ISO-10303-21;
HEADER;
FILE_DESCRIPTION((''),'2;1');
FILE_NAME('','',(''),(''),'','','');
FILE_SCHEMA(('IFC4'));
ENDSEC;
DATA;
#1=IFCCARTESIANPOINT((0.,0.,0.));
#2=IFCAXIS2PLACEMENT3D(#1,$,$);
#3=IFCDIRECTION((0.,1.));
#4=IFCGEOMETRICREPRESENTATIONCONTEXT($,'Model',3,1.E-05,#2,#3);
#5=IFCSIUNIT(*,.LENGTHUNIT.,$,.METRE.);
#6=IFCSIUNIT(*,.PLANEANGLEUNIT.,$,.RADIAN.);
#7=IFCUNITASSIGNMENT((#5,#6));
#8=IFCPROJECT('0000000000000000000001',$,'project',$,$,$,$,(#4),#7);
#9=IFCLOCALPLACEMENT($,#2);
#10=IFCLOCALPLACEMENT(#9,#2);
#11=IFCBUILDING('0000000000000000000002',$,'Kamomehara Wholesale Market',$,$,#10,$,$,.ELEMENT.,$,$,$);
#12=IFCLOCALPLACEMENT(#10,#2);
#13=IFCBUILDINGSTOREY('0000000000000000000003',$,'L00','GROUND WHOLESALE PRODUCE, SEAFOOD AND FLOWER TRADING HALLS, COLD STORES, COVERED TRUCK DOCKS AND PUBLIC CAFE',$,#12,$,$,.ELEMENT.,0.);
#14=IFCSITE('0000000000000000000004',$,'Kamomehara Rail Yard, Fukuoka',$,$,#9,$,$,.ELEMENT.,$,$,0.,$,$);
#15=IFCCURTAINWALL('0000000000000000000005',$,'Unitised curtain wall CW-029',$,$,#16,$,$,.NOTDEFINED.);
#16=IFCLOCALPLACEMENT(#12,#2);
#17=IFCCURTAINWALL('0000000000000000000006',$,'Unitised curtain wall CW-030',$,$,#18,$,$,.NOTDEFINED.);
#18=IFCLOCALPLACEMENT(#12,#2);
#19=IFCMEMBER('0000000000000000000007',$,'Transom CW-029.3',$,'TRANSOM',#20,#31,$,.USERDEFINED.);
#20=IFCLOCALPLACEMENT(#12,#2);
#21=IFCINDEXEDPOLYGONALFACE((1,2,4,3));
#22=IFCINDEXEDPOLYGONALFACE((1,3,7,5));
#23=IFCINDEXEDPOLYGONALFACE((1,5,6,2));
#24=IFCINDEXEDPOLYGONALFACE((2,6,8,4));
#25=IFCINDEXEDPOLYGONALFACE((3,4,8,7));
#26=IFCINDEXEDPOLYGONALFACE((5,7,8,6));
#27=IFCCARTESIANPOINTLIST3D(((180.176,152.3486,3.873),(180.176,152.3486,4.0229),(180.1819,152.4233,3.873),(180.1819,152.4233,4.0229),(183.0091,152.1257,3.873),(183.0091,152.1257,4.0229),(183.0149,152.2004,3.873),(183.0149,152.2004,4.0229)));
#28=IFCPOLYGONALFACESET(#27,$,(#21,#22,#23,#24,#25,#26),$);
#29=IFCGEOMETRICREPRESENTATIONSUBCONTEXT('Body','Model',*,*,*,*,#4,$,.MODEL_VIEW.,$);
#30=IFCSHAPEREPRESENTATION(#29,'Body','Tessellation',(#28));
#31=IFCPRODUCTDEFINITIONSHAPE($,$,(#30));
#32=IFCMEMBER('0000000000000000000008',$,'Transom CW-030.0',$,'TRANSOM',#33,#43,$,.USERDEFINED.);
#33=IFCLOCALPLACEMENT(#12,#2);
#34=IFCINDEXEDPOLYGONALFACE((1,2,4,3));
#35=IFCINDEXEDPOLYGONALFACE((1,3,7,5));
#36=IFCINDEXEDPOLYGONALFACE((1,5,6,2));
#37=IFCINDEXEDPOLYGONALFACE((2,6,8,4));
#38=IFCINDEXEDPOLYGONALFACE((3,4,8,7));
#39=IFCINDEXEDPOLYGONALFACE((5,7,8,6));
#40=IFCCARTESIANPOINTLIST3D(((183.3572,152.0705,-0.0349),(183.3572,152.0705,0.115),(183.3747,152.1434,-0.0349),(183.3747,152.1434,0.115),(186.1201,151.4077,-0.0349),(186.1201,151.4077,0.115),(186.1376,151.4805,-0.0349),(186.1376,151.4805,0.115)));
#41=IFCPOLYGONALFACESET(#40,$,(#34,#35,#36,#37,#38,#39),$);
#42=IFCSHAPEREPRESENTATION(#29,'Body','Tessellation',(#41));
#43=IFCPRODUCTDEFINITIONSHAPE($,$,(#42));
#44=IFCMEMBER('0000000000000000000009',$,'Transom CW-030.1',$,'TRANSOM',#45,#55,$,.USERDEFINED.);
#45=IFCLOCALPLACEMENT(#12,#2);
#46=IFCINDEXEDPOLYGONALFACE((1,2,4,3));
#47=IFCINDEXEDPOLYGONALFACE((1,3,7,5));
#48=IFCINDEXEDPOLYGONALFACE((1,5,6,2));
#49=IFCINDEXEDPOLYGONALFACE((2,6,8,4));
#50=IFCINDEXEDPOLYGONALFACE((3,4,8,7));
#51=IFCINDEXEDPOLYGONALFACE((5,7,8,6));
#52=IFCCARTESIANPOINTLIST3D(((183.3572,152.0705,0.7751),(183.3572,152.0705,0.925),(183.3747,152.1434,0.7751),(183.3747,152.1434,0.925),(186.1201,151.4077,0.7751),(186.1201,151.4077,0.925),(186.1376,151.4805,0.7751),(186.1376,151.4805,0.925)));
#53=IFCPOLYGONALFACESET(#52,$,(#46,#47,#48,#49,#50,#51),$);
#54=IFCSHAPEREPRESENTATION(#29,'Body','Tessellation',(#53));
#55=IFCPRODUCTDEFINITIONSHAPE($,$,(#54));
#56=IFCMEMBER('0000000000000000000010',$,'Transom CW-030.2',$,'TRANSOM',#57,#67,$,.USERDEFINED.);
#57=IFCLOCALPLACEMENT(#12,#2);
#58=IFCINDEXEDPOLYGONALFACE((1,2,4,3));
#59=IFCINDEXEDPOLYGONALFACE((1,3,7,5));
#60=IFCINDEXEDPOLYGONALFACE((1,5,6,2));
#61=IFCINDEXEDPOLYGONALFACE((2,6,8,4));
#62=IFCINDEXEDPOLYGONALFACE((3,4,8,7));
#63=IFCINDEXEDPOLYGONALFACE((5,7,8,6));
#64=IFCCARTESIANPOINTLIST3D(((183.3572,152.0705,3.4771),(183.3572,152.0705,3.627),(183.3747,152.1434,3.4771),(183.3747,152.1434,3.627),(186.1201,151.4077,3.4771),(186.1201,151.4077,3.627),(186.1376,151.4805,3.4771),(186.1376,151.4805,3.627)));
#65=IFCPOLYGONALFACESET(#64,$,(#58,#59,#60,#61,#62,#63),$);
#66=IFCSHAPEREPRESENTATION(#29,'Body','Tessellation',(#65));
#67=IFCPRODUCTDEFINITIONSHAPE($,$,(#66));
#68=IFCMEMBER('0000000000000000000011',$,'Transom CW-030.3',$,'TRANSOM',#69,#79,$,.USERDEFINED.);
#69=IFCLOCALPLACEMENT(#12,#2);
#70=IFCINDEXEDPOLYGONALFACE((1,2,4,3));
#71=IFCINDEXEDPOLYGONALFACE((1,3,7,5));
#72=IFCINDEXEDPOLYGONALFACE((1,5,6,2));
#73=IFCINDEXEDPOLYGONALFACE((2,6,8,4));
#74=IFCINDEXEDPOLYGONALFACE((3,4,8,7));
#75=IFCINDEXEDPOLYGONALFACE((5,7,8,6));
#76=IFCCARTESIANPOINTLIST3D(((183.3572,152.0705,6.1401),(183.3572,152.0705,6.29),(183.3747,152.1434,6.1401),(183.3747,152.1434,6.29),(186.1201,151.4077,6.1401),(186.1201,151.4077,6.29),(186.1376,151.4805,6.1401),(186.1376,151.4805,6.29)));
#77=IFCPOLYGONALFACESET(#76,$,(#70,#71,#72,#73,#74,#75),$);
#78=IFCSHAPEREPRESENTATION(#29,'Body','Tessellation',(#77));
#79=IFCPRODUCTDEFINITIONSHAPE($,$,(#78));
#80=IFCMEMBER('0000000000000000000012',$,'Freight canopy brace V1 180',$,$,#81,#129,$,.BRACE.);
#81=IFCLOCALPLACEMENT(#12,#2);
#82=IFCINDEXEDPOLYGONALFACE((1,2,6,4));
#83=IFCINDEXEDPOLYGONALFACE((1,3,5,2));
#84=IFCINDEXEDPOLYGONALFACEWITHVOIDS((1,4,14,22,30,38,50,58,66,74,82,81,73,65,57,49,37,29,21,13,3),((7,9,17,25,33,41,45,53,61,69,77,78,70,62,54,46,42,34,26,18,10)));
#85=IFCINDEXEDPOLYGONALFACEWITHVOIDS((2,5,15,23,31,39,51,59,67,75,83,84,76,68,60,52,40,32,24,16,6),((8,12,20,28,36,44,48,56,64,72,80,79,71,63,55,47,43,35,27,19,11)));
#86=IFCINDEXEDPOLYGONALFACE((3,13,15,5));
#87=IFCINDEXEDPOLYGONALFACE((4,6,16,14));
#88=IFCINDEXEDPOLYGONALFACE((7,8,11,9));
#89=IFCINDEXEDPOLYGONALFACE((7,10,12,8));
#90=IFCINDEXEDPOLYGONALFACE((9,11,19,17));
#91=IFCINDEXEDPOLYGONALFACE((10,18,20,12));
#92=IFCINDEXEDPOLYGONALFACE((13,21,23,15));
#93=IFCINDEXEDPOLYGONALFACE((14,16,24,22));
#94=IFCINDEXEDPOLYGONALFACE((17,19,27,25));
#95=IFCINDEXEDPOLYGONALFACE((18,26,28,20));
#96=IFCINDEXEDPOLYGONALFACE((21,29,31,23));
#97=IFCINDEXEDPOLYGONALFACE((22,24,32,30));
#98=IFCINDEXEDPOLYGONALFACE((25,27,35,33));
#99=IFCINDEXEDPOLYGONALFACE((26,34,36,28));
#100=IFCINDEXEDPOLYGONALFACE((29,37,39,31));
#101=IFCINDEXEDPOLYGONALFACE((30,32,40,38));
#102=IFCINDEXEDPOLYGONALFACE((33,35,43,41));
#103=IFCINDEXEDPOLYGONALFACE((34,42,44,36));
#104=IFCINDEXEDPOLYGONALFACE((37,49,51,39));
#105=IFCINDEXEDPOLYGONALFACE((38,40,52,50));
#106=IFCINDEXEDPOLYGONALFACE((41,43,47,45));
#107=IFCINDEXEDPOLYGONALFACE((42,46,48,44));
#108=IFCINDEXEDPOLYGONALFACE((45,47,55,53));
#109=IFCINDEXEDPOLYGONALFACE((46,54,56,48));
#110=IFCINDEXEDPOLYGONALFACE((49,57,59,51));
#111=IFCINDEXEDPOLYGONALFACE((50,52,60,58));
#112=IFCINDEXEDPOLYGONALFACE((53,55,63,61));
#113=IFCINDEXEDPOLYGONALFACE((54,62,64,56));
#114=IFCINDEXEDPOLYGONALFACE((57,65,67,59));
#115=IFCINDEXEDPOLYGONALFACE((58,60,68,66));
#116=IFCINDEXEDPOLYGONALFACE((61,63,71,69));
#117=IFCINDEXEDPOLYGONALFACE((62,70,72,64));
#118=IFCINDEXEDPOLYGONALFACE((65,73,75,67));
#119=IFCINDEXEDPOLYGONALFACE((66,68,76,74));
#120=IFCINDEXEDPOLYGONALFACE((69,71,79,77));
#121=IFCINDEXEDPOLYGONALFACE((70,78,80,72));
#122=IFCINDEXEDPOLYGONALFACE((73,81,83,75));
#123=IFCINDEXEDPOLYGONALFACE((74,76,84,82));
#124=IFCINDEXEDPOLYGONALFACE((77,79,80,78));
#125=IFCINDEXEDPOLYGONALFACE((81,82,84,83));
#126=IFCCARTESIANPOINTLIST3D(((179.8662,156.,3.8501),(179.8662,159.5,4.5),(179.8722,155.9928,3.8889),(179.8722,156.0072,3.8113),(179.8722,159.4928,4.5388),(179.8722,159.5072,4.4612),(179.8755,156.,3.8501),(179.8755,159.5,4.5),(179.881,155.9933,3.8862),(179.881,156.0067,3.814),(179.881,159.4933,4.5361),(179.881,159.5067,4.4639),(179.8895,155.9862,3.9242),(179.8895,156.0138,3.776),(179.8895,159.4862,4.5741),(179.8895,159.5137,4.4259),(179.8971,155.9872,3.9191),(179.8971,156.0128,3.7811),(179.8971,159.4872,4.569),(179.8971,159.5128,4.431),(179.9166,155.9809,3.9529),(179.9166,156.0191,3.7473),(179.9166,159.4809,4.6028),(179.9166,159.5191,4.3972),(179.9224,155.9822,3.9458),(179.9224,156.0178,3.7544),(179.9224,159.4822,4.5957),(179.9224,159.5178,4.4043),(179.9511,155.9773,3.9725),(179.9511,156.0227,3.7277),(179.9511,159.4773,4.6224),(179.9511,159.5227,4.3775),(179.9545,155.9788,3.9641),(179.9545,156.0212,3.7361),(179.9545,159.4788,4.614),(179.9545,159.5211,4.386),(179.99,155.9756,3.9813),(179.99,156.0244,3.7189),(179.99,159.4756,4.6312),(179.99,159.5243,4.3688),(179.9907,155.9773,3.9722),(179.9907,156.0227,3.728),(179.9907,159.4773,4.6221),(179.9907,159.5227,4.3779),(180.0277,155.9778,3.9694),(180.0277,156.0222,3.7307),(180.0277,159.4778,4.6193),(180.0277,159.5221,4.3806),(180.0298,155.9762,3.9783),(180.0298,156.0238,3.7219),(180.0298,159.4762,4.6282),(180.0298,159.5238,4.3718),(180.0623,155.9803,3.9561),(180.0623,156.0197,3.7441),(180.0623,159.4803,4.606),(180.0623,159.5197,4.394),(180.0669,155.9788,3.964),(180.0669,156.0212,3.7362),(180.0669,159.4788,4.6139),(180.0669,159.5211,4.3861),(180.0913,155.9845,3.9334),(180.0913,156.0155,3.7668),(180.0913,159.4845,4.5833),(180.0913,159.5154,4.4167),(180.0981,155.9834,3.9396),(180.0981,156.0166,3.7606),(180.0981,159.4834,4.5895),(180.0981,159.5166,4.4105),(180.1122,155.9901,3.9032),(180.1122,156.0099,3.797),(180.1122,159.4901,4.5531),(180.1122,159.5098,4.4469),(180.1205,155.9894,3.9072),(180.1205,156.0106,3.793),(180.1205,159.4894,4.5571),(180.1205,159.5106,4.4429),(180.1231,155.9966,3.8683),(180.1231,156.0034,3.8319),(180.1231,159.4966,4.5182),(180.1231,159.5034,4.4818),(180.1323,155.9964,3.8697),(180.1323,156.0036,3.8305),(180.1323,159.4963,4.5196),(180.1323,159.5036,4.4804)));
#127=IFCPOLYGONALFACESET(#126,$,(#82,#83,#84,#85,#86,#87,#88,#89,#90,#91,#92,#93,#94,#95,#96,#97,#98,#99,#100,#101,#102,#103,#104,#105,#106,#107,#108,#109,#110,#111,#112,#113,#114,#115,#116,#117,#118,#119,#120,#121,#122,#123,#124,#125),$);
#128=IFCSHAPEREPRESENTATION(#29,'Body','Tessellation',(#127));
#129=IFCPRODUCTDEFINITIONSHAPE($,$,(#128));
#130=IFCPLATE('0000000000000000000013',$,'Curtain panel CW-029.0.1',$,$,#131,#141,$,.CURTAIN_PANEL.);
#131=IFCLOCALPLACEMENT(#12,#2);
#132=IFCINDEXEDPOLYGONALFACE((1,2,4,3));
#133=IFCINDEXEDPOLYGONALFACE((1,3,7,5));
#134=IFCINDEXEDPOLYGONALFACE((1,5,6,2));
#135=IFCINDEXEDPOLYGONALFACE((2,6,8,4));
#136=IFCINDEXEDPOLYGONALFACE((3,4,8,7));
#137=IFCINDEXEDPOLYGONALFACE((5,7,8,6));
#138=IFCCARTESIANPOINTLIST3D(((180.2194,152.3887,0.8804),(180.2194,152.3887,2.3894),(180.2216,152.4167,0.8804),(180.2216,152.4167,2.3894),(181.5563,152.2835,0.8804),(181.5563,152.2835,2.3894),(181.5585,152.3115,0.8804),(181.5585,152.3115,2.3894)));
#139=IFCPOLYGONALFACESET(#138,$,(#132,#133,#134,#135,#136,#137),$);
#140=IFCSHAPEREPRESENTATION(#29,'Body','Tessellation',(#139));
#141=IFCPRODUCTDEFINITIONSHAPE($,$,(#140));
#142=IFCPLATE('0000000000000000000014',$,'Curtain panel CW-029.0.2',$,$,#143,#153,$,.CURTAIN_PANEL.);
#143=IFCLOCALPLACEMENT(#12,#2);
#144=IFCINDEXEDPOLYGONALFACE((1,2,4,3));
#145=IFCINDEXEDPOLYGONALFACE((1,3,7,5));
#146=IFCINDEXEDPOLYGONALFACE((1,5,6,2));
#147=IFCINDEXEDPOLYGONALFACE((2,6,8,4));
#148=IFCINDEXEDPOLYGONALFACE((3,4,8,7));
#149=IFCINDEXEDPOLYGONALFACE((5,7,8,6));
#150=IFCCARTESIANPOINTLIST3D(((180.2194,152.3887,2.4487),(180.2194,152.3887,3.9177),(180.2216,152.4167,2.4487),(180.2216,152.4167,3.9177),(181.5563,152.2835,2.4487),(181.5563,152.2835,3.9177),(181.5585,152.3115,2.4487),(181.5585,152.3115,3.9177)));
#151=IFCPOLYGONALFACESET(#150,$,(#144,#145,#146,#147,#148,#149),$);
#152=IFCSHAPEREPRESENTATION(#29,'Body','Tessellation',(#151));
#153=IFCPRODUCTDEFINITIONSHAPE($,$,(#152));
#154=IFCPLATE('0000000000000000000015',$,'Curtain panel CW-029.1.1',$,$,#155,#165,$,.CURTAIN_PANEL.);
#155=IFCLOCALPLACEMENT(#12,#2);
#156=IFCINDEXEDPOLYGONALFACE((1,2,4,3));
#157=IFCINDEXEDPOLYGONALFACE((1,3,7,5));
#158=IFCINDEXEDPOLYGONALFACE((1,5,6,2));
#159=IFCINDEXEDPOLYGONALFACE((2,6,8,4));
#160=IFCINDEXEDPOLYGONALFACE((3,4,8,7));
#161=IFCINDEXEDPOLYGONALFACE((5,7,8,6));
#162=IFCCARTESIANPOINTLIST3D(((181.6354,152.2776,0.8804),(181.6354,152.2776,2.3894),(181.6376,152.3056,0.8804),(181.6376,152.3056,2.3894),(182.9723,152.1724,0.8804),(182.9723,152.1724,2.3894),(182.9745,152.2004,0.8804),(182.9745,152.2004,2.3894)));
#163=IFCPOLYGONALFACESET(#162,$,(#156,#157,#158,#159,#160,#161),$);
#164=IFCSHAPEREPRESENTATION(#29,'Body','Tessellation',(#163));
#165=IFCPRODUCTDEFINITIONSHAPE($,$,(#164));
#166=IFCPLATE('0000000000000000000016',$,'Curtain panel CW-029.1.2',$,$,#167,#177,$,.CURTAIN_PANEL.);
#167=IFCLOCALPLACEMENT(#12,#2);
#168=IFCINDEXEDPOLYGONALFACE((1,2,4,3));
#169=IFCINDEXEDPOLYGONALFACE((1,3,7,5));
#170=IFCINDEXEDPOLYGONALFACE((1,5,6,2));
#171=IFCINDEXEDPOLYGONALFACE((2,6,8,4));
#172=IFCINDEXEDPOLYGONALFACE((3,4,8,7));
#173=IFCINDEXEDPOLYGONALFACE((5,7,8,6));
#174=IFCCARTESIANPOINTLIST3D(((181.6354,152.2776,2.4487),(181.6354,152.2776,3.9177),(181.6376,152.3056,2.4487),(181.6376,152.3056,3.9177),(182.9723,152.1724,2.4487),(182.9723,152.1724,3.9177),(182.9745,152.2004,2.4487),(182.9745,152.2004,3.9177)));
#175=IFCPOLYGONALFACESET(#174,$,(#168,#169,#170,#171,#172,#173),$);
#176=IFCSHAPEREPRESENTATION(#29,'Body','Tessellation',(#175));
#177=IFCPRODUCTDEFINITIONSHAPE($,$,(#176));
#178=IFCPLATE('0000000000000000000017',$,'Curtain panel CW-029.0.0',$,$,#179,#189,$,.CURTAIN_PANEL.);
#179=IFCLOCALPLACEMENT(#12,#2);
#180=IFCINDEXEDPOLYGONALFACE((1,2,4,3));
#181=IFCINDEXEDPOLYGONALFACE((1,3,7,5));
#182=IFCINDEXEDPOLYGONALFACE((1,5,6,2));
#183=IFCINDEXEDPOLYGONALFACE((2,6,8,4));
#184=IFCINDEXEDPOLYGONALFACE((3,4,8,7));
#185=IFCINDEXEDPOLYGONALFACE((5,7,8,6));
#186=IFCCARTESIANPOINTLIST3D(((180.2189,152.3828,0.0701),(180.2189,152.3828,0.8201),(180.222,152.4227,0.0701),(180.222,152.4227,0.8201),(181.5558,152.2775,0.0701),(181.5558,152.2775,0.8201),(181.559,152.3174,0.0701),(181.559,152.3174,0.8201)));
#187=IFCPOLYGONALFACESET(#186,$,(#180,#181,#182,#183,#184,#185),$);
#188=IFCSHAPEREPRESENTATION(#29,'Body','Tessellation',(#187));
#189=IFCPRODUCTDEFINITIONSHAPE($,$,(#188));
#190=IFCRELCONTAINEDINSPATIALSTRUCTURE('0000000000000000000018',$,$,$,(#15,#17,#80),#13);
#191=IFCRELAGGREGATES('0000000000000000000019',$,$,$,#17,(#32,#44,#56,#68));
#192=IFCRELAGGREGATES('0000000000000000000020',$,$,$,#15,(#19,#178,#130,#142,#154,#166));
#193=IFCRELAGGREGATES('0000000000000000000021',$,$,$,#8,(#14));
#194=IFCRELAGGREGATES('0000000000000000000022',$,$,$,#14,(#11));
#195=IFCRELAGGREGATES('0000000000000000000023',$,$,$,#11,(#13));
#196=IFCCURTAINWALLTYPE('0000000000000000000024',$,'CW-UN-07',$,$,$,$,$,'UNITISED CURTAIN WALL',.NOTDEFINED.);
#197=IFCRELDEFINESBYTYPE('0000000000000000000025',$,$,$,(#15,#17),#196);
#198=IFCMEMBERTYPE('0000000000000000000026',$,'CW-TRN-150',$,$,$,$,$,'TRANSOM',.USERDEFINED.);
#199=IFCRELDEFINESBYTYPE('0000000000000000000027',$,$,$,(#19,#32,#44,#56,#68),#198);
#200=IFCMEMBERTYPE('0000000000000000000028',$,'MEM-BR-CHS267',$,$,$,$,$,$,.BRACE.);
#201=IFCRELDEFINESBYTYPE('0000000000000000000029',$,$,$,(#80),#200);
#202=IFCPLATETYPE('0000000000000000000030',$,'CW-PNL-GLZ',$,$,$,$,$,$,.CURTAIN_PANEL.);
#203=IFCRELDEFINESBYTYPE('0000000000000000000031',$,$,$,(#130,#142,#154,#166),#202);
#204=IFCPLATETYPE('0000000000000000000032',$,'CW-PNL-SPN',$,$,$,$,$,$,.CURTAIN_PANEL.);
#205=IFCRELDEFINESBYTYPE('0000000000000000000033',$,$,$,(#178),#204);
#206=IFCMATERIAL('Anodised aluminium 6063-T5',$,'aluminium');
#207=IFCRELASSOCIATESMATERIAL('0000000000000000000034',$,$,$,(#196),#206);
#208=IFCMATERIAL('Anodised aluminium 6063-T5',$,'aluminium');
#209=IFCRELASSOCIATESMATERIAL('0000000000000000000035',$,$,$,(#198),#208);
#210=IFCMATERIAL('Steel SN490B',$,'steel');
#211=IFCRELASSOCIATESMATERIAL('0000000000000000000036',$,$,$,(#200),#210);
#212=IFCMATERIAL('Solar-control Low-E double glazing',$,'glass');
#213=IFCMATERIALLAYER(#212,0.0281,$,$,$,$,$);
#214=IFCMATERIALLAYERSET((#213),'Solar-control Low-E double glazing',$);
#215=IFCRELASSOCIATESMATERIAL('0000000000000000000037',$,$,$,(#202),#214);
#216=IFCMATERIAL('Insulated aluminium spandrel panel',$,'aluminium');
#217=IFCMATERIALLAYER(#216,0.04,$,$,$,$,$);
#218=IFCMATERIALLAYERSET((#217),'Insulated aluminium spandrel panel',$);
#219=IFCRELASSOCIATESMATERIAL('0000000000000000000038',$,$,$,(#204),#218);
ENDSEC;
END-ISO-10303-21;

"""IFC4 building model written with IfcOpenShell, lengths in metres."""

from ifc_helpers import new_model, si_unit, direction, frame, origin, origin_2d, place, context, subcontext, project, spatial, rectangle, hollow_circle, extrude, material, layer, layer_set, material_profile, profile_set, type_object, element, aggregate, save


model = new_model("IFC4")

# Units and contexts
model_context = context("Model", 3, precision=1e-05, world=origin(), true_north=direction((0.0, 1.0)))
body_context = subcontext(model_context, "Body", "Model", "MODEL_VIEW")
ifc_project = project(units=[si_unit("LENGTHUNIT", "METRE"), si_unit("PLANEANGLEUNIT", "RADIAN")], contexts=[model_context])

# Site, building, storey
site_placement = place(None, origin())
site = spatial("IfcSite", under=ifc_project, at=site_placement, Name="Kamomehara Rail Yard, Fukuoka", CompositionType="ELEMENT", RefElevation=0.0)
building_placement = place(site_placement, origin())
building = spatial("IfcBuilding", under=site, at=building_placement, Name="Kamomehara Wholesale Market", CompositionType="ELEMENT")
storey_placement = place(building_placement, origin())
storey = spatial("IfcBuildingStorey", under=building, at=storey_placement, Name="L00", Description="GROUND WHOLESALE PRODUCE, SEAFOOD AND FLOWER TRADING HALLS, COLD STORES, COVERED TRUCK DOCKS AND PUBLIC CAFE", CompositionType="ELEMENT", Elevation=0.0)

# Curtain wall
ifc_material_1 = material(Name="Anodised aluminium 6063-T5", Category="aluminium")
curtain_wall_type = type_object("IfcCurtainWallType", Name="CW-UN-07", ElementType="UNITISED CURTAIN WALL", PredefinedType="NOTDEFINED", material=ifc_material_1)
curtain_wall_1_placement = place(storey_placement, origin())
curtain_wall_1 = element("IfcCurtainWall", 1, at=curtain_wall_1_placement, inside=storey, type_object=curtain_wall_type, Name="Unitised curtain wall CW-029", PredefinedType="NOTDEFINED")

# Curtain wall
curtain_wall_2_placement = place(storey_placement, origin())
curtain_wall_2 = element("IfcCurtainWall", 2, at=curtain_wall_2_placement, inside=storey, type_object=curtain_wall_type, Name="Unitised curtain wall CW-030", PredefinedType="NOTDEFINED")

# Members
ifc_material_2 = material(Name="Anodised aluminium 6063-T5", Category="aluminium")
ifc_material_profile_1 = material_profile(ifc_material_2, rectangle(XDim=0.075, YDim=0.1499, at=origin_2d()), Name="ALU-TRN-75x150")
ifc_profile_set_1 = profile_set([ifc_material_profile_1], Name="Anodised aluminium 6063-T5")
member_type_1 = type_object("IfcMemberType", Name="CW-TRN-150", ElementType="TRANSOM", PredefinedType="USERDEFINED", material=ifc_profile_set_1)
member_1_placement = place(storey_placement, frame((180.179, 152.386, 3.948), z_axis=(0.996919, -0.078437, 0.0), x_axis=(0.078437, 0.996919, 0.0)))
member_1 = element("IfcMember", 3, at=member_1_placement, type_object=member_type_1, Name="Transom CW-029.3", ObjectType="TRANSOM", PredefinedType="USERDEFINED", context=body_context, shape_type="SweptSolid", body=[
    extrude(rectangle(XDim=0.075, YDim=0.1499, at=origin_2d()), origin(), (0.0, 0.0, 1.0), 2.8418),
])
member_2_placement = place(storey_placement, frame((183.366, 152.1069, 0.04), z_axis=(0.972408, -0.233285, 0.0), x_axis=(0.233285, 0.972408, 0.0)))
member_2 = element("IfcMember", 4, at=member_2_placement, type_object=member_type_1, Name="Transom CW-030.0", ObjectType="TRANSOM", PredefinedType="USERDEFINED", context=body_context, shape_type="SweptSolid", body=[
    extrude(rectangle(XDim=0.075, YDim=0.1499, at=origin_2d()), origin(), (0.0, 0.0, 1.0), 2.8413),
])
member_3_placement = place(storey_placement, frame((183.366, 152.1069, 0.8501), z_axis=(0.972408, -0.233285, 0.0), x_axis=(0.233285, 0.972408, 0.0)))
member_3 = element("IfcMember", 5, at=member_3_placement, type_object=member_type_1, Name="Transom CW-030.1", ObjectType="TRANSOM", PredefinedType="USERDEFINED", context=body_context, shape_type="SweptSolid", body=[
    extrude(rectangle(XDim=0.075, YDim=0.1499, at=origin_2d()), origin(), (0.0, 0.0, 1.0), 2.8413),
])
member_4_placement = place(storey_placement, frame((183.366, 152.1069, 3.552), z_axis=(0.972408, -0.233285, 0.0), x_axis=(0.233285, 0.972408, 0.0)))
member_4 = element("IfcMember", 6, at=member_4_placement, type_object=member_type_1, Name="Transom CW-030.2", ObjectType="TRANSOM", PredefinedType="USERDEFINED", context=body_context, shape_type="SweptSolid", body=[
    extrude(rectangle(XDim=0.075, YDim=0.1499, at=origin_2d()), origin(), (0.0, 0.0, 1.0), 2.8413),
])
member_5_placement = place(storey_placement, frame((183.366, 152.1069, 6.2151), z_axis=(0.972408, -0.233285, 0.0), x_axis=(0.233285, 0.972408, 0.0)))
member_5 = element("IfcMember", 7, at=member_5_placement, type_object=member_type_1, Name="Transom CW-030.3", ObjectType="TRANSOM", PredefinedType="USERDEFINED", context=body_context, shape_type="SweptSolid", body=[
    extrude(rectangle(XDim=0.075, YDim=0.1499, at=origin_2d()), origin(), (0.0, 0.0, 1.0), 2.8413),
])
aggregate(curtain_wall_2, [member_2, member_3, member_4, member_5])
ifc_material_3 = material(Name="Steel SN490B", Category="steel")
ifc_material_profile_2 = material_profile(ifc_material_3, hollow_circle(Radius=0.1338, WallThickness=0.0093, at=origin_2d()), Name="CHS-267.4x9.3")
ifc_profile_set_2 = profile_set([ifc_material_profile_2], Name="Steel SN490B")
member_type_2 = type_object("IfcMemberType", Name="MEM-BR-CHS267", PredefinedType="BRACE", material=ifc_profile_set_2)
member_6_placement = place(storey_placement, frame((180.0, 156.0, 3.8501), z_axis=(0.0, 0.983194, 0.182566), x_axis=(-1.0, 0.0, 0.0)))
element("IfcMember", 8, at=member_6_placement, inside=storey, type_object=member_type_2, Name="Freight canopy brace V1 180", PredefinedType="BRACE", context=body_context, shape_type="SweptSolid", body=[
    extrude(hollow_circle(Radius=0.1338, WallThickness=0.0093, at=origin_2d()), origin(), (0.0, 0.0, 1.0), 3.5598),
])

# Plates
ifc_material_4 = material(Name="Solar-control Low-E double glazing", Category="glass")
ifc_layer_1 = layer(ifc_material_4, 0.0281)
ifc_layer_set_1 = layer_set([ifc_layer_1], Name="Solar-control Low-E double glazing")
plate_type_1 = type_object("IfcPlateType", Name="CW-PNL-GLZ", PredefinedType="CURTAIN_PANEL", material=ifc_layer_set_1)
plate_1_placement = place(storey_placement, frame((180.8889, 152.3501, 0.8804), z_axis=(0.0, 0.0, 1.0), x_axis=(0.996916, -0.078476, 0.0)))
plate_1 = element("IfcPlate", 9, at=plate_1_placement, type_object=plate_type_1, Name="Curtain panel CW-029.0.1", PredefinedType="CURTAIN_PANEL", context=body_context, shape_type="SweptSolid", body=[
    extrude(rectangle(XDim=1.3411, YDim=0.0281, at=origin_2d()), origin(), (0.0, 0.0, 1.0), 1.509),
])
plate_2_placement = place(storey_placement, frame((180.8889, 152.3501, 2.4487), z_axis=(0.0, 0.0, 1.0), x_axis=(0.996916, -0.078476, 0.0)))
plate_2 = element("IfcPlate", 10, at=plate_2_placement, type_object=plate_type_1, Name="Curtain panel CW-029.0.2", PredefinedType="CURTAIN_PANEL", context=body_context, shape_type="SweptSolid", body=[
    extrude(rectangle(XDim=1.3411, YDim=0.0281, at=origin_2d()), origin(), (0.0, 0.0, 1.0), 1.469),
])
plate_3_placement = place(storey_placement, frame((182.3049, 152.239, 0.8804), z_axis=(0.0, 0.0, 1.0), x_axis=(0.996916, -0.078476, 0.0)))
plate_3 = element("IfcPlate", 11, at=plate_3_placement, type_object=plate_type_1, Name="Curtain panel CW-029.1.1", PredefinedType="CURTAIN_PANEL", context=body_context, shape_type="SweptSolid", body=[
    extrude(rectangle(XDim=1.3411, YDim=0.0281, at=origin_2d()), origin(), (0.0, 0.0, 1.0), 1.509),
])
plate_4_placement = place(storey_placement, frame((182.3049, 152.239, 2.4487), z_axis=(0.0, 0.0, 1.0), x_axis=(0.996916, -0.078476, 0.0)))
plate_4 = element("IfcPlate", 12, at=plate_4_placement, type_object=plate_type_1, Name="Curtain panel CW-029.1.2", PredefinedType="CURTAIN_PANEL", context=body_context, shape_type="SweptSolid", body=[
    extrude(rectangle(XDim=1.3411, YDim=0.0281, at=origin_2d()), origin(), (0.0, 0.0, 1.0), 1.469),
])
ifc_material_5 = material(Name="Insulated aluminium spandrel panel", Category="aluminium")
ifc_layer_2 = layer(ifc_material_5, 0.04)
ifc_layer_set_2 = layer_set([ifc_layer_2], Name="Insulated aluminium spandrel panel")
plate_type_2 = type_object("IfcPlateType", Name="CW-PNL-SPN", PredefinedType="CURTAIN_PANEL", material=ifc_layer_set_2)
plate_5_placement = place(storey_placement, frame((180.8889, 152.3501, 0.0701), z_axis=(0.0, 0.0, 1.0), x_axis=(0.996916, -0.078476, 0.0)))
plate_5 = element("IfcPlate", 13, at=plate_5_placement, type_object=plate_type_2, Name="Curtain panel CW-029.0.0", PredefinedType="CURTAIN_PANEL", context=body_context, shape_type="SweptSolid", body=[
    extrude(rectangle(XDim=1.3411, YDim=0.04, at=origin_2d()), origin(), (0.0, 0.0, 1.0), 0.75),
])
aggregate(curtain_wall_1, [member_1, plate_5, plate_1, plate_2, plate_3, plate_4])

save(model, "model.ifc")
